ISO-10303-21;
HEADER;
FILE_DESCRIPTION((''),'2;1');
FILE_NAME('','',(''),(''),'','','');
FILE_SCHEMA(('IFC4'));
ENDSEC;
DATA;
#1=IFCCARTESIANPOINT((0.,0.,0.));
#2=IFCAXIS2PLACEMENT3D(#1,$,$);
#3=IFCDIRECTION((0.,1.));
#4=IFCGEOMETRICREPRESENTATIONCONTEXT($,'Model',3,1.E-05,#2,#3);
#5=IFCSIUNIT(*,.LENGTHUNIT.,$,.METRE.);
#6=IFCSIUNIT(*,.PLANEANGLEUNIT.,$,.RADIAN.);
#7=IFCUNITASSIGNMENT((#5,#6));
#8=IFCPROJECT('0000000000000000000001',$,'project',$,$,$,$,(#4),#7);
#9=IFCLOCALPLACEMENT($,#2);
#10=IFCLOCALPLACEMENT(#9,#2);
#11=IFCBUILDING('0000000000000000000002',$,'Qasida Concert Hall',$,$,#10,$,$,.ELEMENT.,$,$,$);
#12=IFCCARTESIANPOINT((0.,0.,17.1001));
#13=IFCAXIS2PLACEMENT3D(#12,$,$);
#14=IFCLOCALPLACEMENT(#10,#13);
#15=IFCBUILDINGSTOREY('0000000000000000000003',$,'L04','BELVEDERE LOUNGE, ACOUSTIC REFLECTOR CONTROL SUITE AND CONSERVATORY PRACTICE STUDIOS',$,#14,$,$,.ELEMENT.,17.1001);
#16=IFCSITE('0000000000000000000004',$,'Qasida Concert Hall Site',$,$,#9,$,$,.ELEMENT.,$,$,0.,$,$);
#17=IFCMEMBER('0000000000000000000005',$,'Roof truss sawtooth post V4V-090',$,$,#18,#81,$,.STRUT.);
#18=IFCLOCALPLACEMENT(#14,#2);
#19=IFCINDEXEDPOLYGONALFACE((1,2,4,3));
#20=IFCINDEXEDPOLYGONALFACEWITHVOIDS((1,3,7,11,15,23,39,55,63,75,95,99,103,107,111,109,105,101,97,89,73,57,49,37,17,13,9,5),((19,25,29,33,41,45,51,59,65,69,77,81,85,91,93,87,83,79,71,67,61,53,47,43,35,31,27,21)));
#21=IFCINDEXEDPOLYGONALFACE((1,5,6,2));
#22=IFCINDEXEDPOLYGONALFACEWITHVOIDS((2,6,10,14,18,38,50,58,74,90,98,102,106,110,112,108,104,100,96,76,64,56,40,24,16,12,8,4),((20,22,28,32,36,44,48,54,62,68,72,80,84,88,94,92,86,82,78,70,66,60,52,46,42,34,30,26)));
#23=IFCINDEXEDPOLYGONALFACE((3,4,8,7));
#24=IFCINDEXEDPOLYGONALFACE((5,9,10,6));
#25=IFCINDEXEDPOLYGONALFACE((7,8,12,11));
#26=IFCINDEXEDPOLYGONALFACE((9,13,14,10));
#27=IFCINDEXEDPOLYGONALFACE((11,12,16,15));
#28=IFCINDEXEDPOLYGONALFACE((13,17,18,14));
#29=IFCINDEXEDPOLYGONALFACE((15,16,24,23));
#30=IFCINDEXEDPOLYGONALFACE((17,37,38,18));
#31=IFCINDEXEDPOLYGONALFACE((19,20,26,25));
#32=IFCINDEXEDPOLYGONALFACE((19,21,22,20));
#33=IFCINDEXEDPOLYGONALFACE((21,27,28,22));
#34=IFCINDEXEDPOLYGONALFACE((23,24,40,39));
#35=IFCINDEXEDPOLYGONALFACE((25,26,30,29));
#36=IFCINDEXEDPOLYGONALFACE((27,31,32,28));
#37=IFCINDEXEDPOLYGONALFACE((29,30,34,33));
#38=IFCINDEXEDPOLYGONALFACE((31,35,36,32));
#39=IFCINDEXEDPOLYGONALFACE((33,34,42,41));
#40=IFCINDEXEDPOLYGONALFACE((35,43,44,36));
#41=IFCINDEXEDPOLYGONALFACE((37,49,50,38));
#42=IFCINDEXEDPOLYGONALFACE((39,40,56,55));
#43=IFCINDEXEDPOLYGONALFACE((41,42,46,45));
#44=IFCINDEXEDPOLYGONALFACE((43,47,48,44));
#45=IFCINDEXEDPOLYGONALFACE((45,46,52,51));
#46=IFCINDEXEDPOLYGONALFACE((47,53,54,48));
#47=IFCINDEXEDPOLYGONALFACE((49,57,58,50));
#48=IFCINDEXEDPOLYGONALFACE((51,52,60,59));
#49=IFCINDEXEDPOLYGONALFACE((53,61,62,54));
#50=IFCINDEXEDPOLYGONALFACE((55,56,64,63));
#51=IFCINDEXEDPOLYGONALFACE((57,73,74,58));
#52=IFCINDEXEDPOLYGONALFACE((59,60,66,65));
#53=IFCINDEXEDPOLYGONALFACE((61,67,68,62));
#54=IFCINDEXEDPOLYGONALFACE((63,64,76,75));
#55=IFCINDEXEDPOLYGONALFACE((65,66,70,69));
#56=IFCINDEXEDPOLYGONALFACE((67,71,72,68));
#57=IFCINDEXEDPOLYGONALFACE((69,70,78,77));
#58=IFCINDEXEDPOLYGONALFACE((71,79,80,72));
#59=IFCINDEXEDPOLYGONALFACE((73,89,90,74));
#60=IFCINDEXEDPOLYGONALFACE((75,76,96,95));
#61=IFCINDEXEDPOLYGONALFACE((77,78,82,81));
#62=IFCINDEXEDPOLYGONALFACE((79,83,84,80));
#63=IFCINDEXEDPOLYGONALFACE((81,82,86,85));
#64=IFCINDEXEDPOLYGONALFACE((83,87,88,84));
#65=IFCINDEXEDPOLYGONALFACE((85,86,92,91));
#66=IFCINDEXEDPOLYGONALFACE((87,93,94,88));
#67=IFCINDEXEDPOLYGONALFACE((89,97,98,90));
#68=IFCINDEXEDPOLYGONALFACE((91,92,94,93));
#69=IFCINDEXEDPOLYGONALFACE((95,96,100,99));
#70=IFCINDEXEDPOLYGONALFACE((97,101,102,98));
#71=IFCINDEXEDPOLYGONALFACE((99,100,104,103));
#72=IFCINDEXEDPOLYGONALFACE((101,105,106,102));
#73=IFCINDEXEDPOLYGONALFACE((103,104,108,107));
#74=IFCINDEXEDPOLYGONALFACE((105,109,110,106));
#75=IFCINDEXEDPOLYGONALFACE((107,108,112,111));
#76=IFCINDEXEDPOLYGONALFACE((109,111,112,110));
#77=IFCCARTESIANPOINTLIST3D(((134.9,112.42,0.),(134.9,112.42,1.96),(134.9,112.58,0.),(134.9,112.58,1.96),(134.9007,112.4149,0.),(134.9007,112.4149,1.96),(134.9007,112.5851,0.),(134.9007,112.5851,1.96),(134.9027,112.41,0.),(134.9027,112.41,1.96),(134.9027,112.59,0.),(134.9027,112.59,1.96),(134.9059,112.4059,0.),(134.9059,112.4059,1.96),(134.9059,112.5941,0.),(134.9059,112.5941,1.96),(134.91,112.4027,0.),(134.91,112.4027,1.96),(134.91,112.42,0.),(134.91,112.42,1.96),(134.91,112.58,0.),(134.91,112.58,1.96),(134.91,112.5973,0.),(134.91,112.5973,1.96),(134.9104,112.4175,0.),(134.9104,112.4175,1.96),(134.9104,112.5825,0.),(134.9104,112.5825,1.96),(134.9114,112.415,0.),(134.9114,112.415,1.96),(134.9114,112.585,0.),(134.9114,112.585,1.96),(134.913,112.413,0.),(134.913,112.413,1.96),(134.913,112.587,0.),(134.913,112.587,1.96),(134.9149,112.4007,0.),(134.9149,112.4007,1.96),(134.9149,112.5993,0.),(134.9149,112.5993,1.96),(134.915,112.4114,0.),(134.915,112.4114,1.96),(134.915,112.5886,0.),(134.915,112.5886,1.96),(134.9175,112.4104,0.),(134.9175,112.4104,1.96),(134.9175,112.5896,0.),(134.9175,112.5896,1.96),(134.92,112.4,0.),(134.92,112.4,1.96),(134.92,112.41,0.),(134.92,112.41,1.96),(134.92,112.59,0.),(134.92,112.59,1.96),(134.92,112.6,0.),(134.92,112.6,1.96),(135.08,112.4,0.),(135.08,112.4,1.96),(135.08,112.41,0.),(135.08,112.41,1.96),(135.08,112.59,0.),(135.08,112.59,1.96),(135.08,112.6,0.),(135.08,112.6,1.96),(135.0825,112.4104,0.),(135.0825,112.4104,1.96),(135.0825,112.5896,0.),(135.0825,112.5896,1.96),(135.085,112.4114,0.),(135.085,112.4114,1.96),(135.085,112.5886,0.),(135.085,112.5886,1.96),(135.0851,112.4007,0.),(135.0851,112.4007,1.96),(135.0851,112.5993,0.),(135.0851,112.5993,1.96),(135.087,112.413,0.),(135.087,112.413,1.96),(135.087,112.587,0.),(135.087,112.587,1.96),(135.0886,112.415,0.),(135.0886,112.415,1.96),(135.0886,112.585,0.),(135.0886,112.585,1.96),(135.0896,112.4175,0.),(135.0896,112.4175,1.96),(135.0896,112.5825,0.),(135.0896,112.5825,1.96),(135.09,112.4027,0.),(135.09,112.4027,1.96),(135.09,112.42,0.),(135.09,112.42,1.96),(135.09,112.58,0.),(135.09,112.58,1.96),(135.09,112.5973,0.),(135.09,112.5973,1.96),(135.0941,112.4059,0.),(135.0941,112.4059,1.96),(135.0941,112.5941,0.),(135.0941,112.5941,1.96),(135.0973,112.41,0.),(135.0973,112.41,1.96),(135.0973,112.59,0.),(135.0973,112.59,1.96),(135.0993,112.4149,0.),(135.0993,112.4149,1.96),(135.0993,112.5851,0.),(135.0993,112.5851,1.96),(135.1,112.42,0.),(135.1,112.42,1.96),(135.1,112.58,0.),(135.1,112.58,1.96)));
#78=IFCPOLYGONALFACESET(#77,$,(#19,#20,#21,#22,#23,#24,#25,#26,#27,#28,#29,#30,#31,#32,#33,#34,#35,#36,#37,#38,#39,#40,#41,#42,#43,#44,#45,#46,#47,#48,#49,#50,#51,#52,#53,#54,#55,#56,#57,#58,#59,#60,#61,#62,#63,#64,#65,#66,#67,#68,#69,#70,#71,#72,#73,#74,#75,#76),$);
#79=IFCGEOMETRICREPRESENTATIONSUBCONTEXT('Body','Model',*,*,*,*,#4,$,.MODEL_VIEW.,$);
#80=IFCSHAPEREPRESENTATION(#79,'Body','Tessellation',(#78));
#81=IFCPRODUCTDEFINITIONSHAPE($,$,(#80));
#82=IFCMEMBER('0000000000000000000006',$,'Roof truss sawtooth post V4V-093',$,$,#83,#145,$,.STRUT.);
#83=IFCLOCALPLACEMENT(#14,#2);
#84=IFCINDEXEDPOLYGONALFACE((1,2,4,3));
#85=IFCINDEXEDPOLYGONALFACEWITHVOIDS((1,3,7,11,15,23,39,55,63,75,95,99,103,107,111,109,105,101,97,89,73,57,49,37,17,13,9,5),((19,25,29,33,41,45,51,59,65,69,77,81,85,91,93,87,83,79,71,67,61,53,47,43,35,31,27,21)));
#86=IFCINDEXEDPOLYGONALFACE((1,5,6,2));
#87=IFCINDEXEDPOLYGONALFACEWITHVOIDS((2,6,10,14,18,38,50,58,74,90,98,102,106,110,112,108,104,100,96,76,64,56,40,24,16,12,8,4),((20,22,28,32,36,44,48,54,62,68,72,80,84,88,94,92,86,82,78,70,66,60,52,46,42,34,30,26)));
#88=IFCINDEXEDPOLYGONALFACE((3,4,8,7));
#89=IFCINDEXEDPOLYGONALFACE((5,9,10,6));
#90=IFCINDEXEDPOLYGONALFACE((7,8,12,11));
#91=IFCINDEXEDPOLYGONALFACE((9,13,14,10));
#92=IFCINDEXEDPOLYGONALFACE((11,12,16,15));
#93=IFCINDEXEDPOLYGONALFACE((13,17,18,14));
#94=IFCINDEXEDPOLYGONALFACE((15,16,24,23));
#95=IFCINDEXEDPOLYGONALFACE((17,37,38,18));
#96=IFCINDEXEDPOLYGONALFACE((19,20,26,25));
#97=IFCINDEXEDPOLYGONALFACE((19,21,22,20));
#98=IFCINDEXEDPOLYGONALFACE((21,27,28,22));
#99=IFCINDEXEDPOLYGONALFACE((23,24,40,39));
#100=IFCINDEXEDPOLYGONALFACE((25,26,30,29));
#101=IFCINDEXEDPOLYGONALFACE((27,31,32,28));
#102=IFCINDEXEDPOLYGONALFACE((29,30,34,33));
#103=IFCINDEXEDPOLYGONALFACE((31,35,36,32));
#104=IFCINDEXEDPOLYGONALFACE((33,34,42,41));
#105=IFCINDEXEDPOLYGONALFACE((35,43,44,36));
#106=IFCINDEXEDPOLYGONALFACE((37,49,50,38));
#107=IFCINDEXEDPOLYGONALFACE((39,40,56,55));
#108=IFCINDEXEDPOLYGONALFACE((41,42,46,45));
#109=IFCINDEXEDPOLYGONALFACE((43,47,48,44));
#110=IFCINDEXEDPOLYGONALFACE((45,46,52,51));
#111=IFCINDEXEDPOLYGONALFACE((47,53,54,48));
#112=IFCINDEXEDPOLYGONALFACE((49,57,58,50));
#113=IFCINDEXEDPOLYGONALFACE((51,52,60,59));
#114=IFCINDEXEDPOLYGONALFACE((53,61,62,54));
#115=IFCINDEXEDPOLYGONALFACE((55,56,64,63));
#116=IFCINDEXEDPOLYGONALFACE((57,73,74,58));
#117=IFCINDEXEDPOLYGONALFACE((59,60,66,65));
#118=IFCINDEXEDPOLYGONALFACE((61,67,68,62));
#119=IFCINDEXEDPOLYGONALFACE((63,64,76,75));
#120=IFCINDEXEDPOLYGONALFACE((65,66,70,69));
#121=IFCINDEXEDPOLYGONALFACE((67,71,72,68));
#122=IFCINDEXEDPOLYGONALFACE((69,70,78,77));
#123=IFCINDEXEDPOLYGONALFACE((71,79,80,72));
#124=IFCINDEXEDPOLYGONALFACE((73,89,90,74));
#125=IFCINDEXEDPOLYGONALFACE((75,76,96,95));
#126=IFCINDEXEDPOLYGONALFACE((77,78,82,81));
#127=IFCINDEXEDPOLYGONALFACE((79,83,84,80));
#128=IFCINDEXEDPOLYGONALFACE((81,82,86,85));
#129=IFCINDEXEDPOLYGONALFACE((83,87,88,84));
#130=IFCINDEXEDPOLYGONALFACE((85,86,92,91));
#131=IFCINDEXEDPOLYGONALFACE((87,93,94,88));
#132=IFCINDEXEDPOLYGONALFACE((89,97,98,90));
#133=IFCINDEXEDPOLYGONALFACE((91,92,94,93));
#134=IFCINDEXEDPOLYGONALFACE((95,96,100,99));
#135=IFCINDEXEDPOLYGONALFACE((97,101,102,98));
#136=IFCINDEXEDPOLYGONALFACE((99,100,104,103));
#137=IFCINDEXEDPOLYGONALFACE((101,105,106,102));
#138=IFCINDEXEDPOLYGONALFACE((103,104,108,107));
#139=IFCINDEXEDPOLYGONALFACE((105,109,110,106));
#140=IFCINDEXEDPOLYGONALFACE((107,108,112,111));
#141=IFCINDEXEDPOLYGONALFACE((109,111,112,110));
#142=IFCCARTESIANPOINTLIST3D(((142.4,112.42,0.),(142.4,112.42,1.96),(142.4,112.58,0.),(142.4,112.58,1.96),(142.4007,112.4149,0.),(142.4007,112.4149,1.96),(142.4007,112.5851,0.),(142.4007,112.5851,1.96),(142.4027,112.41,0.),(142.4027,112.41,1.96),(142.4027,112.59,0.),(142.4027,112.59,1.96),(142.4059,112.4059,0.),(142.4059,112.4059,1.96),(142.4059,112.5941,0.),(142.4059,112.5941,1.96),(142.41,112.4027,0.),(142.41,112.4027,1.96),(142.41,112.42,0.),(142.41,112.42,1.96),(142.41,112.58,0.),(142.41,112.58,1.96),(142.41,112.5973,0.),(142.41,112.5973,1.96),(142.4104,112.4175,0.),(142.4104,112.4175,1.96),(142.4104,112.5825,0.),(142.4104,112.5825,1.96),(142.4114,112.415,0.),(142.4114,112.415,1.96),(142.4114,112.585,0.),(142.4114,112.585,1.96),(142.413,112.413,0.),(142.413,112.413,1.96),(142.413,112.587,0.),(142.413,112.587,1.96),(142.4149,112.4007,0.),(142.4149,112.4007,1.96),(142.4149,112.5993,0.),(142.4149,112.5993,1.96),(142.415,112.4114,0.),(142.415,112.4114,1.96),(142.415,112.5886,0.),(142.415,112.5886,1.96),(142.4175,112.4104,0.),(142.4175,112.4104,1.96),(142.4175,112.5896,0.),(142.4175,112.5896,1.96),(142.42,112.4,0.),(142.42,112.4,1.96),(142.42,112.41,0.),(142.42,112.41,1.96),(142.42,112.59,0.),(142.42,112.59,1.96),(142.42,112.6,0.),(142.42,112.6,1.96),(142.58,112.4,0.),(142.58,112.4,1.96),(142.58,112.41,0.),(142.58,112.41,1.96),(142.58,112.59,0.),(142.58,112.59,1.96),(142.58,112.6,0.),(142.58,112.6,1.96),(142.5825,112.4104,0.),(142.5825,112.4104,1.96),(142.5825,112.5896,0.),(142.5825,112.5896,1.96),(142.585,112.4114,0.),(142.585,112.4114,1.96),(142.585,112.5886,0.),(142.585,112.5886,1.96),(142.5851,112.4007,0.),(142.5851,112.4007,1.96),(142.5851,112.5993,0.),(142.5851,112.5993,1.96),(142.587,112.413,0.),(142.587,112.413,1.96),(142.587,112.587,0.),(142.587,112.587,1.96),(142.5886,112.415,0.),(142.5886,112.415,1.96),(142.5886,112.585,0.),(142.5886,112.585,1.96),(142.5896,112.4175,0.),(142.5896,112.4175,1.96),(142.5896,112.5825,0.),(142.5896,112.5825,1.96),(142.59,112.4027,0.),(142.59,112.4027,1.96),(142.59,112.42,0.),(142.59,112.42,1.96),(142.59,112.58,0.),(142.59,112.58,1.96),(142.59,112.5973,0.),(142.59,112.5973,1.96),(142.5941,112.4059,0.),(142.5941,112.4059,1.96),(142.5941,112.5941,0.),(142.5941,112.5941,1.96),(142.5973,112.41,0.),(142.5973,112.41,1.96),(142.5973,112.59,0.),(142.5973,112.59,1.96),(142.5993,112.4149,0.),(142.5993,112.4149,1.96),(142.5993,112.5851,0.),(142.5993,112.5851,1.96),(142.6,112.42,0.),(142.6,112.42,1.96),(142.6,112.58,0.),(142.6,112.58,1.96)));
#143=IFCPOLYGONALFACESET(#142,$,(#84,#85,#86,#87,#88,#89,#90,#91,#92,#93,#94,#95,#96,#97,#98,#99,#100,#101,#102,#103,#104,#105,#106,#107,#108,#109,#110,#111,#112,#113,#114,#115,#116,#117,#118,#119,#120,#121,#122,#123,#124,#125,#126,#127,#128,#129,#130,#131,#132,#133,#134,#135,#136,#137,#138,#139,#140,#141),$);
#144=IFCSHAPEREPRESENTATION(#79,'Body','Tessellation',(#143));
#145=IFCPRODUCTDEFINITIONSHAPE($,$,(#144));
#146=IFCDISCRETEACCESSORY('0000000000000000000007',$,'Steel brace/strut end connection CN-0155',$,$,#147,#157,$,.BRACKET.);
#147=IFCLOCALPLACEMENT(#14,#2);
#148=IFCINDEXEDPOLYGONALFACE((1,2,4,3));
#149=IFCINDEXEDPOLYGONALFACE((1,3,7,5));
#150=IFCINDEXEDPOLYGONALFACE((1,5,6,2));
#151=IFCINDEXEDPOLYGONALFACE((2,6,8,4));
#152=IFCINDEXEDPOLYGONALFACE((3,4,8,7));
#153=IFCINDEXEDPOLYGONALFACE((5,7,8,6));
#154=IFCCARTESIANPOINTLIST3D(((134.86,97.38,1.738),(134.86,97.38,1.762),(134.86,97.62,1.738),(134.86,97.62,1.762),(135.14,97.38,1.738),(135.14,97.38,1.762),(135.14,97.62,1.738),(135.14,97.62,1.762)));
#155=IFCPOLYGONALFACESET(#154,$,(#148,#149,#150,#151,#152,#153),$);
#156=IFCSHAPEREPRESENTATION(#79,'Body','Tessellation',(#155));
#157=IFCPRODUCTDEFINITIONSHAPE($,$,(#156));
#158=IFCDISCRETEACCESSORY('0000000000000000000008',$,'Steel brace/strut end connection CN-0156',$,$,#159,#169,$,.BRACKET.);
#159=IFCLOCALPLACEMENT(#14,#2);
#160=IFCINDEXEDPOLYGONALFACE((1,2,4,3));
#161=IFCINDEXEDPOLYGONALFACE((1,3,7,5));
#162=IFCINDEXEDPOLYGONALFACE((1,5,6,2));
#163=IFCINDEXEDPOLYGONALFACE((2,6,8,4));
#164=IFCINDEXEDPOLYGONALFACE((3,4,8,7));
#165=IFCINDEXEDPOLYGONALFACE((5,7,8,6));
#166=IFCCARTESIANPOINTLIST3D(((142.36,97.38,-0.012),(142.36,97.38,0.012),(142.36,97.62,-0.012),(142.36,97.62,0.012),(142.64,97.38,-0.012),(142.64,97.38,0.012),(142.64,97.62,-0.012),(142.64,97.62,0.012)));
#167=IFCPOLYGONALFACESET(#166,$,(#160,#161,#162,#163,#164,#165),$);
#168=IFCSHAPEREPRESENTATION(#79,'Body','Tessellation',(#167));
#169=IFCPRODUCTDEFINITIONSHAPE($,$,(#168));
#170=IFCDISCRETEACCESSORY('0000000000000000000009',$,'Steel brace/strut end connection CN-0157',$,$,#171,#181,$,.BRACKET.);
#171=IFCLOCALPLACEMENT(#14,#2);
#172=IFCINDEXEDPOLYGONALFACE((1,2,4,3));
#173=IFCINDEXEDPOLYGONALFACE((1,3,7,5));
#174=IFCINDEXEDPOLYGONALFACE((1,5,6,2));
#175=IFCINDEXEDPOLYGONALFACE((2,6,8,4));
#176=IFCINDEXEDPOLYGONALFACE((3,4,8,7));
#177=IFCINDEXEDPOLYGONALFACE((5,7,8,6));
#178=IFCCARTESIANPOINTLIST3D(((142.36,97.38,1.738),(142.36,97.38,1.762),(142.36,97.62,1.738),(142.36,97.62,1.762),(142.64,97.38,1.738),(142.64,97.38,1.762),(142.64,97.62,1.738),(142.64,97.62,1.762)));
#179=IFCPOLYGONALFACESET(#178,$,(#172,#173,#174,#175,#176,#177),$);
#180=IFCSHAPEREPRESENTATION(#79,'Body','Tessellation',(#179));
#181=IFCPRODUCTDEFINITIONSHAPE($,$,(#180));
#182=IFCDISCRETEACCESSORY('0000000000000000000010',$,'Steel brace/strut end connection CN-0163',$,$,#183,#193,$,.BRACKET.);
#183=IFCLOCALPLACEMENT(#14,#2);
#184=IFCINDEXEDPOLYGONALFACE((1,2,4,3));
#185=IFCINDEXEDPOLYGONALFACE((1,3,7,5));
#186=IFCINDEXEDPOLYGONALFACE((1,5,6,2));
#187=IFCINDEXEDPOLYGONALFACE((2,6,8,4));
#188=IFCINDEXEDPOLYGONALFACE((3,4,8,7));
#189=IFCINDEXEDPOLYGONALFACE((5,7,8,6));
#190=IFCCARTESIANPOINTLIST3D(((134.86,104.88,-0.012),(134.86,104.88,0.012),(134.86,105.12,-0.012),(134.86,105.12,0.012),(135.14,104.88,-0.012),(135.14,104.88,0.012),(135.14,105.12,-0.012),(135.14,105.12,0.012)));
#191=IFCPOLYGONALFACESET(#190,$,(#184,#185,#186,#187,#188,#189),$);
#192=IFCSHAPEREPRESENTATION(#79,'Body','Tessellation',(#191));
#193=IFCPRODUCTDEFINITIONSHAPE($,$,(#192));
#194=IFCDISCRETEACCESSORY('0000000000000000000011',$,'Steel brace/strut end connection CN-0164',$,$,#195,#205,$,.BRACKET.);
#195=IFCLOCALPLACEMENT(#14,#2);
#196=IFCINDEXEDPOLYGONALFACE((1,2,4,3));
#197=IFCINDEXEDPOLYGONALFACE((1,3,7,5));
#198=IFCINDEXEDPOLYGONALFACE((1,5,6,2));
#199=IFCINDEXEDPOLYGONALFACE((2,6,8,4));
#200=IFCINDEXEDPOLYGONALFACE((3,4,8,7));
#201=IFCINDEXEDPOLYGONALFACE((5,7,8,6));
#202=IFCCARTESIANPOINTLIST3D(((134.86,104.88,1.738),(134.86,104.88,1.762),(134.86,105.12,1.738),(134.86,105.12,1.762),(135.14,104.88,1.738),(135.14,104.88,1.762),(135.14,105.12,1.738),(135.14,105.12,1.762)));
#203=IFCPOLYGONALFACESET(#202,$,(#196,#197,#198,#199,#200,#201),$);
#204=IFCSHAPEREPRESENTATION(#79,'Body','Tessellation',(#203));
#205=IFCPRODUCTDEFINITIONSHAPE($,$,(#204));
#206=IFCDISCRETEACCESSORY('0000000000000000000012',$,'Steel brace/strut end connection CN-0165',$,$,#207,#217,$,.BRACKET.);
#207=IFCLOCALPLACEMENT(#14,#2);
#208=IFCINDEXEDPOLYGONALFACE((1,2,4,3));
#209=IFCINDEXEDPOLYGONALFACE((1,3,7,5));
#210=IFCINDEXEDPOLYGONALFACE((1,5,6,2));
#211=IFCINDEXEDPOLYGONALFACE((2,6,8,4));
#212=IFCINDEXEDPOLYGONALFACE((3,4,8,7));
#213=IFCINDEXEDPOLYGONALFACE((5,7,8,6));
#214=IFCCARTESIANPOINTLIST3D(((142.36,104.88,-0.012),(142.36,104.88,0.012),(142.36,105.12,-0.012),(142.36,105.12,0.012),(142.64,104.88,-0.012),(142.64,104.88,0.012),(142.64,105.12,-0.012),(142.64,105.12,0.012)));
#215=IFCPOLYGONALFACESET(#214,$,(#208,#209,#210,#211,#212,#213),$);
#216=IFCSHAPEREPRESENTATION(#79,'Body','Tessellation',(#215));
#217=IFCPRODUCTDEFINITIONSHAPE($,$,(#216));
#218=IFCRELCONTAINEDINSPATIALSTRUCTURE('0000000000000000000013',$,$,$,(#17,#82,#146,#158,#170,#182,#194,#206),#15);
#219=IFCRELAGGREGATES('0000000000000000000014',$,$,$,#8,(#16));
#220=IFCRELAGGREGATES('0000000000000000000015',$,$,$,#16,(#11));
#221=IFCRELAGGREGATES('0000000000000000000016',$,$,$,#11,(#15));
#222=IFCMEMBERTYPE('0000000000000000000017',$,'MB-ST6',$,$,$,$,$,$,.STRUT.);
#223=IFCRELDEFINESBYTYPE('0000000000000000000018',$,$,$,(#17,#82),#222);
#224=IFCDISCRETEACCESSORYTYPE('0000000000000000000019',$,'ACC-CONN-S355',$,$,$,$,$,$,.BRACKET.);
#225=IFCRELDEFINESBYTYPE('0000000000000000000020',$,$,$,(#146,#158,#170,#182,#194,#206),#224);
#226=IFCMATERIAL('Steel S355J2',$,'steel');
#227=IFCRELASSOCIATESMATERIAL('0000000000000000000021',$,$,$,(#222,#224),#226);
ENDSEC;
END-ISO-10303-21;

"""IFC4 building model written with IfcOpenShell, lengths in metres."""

from ifc_helpers import new_model, si_unit, direction, frame, origin, origin_2d, place, context, subcontext, project, spatial, rectangle, hollow_rectangle, extrude, material, material_profile, profile_set, type_object, element, save


model = new_model("IFC4")

# Units and contexts
model_context = context("Model", 3, precision=1e-05, world=origin(), true_north=direction((0.0, 1.0)))
body_context = subcontext(model_context, "Body", "Model", "MODEL_VIEW")
ifc_project = project(units=[si_unit("LENGTHUNIT", "METRE"), si_unit("PLANEANGLEUNIT", "RADIAN")], contexts=[model_context])

# Site, building, storey
site_placement = place(None, origin())
site = spatial("IfcSite", under=ifc_project, at=site_placement, Name="Qasida Concert Hall Site", CompositionType="ELEMENT", RefElevation=0.0)
building_placement = place(site_placement, origin())
building = spatial("IfcBuilding", under=site, at=building_placement, Name="Qasida Concert Hall", CompositionType="ELEMENT")
storey_placement = place(building_placement, frame((0.0, 0.0, 17.1001)))
storey = spatial("IfcBuildingStorey", under=building, at=storey_placement, Name="L04", Description="BELVEDERE LOUNGE, ACOUSTIC REFLECTOR CONTROL SUITE AND CONSERVATORY PRACTICE STUDIOS", CompositionType="ELEMENT", Elevation=17.1001)

# Members
ifc_material = material(Name="Steel S355J2", Category="steel")
ifc_material_profile_1 = material_profile(ifc_material, hollow_rectangle(XDim=0.2, YDim=0.2, WallThickness=0.01, InnerFilletRadius=0.01, OuterFilletRadius=0.02, at=origin_2d()), Name="SHS 200x200x10")
ifc_profile_set_1 = profile_set([ifc_material_profile_1], Name="Steel S355J2")
member_type_1 = type_object("IfcMemberType", Name="MB-ST6", PredefinedType="STRUT", material=ifc_profile_set_1)
for number, where, z_axis, x_axis, name in (
    (1, (135.0, 112.5, 0.0), (0.0, 0.0, 1.0), (1.0, 0.0, 0.0), "Roof truss sawtooth post V4V-090"),
    (2, (142.5, 112.5, 0.0), (0.0, 0.0, 1.0), (1.0, 0.0, 0.0), "Roof truss sawtooth post V4V-093"),
):
    element("IfcMember", number, at=place(storey_placement, frame(where, z_axis=z_axis, x_axis=x_axis)), inside=storey, type_object=member_type_1, Name=name, PredefinedType="STRUT", context=body_context, shape_type="SweptSolid", body=[
        extrude(hollow_rectangle(XDim=0.2, YDim=0.2, WallThickness=0.01, InnerFilletRadius=0.01, OuterFilletRadius=0.02, at=origin_2d()), origin(), (0.0, 0.0, 1.0), 1.96),
    ])

# Discrete accessories
discrete_accessory_type = type_object("IfcDiscreteAccessoryType", Name="ACC-CONN-S355", PredefinedType="BRACKET", material=ifc_material)
for number, where, z_axis, x_axis, name in (
    (3, (135.0, 97.5, 1.738), (0.0, 0.0, 1.0), (1.0, 0.0, 0.0), "Steel brace/strut end connection CN-0155"),
    (4, (142.5, 97.5, -0.012), (0.0, 0.0, 1.0), (1.0, 0.0, 0.0), "Steel brace/strut end connection CN-0156"),
    (5, (142.5, 97.5, 1.738), (0.0, 0.0, 1.0), (1.0, 0.0, 0.0), "Steel brace/strut end connection CN-0157"),
    (6, (135.0, 105.0, -0.012), (0.0, 0.0, 1.0), (1.0, 0.0, 0.0), "Steel brace/strut end connection CN-0163"),
    (7, (135.0, 105.0, 1.738), (0.0, 0.0, 1.0), (1.0, 0.0, 0.0), "Steel brace/strut end connection CN-0164"),
    (8, (142.5, 105.0, -0.012), (0.0, 0.0, 1.0), (1.0, 0.0, 0.0), "Steel brace/strut end connection CN-0165"),
):
    element("IfcDiscreteAccessory", number, at=place(storey_placement, frame(where, z_axis=z_axis, x_axis=x_axis)), inside=storey, type_object=discrete_accessory_type, Name=name, PredefinedType="BRACKET", context=body_context, shape_type="SweptSolid", body=[
        extrude(rectangle(XDim=0.28, YDim=0.24, at=origin_2d()), origin(), (0.0, 0.0, 1.0), 0.0239),
    ])

save(model, "model.ifc")
